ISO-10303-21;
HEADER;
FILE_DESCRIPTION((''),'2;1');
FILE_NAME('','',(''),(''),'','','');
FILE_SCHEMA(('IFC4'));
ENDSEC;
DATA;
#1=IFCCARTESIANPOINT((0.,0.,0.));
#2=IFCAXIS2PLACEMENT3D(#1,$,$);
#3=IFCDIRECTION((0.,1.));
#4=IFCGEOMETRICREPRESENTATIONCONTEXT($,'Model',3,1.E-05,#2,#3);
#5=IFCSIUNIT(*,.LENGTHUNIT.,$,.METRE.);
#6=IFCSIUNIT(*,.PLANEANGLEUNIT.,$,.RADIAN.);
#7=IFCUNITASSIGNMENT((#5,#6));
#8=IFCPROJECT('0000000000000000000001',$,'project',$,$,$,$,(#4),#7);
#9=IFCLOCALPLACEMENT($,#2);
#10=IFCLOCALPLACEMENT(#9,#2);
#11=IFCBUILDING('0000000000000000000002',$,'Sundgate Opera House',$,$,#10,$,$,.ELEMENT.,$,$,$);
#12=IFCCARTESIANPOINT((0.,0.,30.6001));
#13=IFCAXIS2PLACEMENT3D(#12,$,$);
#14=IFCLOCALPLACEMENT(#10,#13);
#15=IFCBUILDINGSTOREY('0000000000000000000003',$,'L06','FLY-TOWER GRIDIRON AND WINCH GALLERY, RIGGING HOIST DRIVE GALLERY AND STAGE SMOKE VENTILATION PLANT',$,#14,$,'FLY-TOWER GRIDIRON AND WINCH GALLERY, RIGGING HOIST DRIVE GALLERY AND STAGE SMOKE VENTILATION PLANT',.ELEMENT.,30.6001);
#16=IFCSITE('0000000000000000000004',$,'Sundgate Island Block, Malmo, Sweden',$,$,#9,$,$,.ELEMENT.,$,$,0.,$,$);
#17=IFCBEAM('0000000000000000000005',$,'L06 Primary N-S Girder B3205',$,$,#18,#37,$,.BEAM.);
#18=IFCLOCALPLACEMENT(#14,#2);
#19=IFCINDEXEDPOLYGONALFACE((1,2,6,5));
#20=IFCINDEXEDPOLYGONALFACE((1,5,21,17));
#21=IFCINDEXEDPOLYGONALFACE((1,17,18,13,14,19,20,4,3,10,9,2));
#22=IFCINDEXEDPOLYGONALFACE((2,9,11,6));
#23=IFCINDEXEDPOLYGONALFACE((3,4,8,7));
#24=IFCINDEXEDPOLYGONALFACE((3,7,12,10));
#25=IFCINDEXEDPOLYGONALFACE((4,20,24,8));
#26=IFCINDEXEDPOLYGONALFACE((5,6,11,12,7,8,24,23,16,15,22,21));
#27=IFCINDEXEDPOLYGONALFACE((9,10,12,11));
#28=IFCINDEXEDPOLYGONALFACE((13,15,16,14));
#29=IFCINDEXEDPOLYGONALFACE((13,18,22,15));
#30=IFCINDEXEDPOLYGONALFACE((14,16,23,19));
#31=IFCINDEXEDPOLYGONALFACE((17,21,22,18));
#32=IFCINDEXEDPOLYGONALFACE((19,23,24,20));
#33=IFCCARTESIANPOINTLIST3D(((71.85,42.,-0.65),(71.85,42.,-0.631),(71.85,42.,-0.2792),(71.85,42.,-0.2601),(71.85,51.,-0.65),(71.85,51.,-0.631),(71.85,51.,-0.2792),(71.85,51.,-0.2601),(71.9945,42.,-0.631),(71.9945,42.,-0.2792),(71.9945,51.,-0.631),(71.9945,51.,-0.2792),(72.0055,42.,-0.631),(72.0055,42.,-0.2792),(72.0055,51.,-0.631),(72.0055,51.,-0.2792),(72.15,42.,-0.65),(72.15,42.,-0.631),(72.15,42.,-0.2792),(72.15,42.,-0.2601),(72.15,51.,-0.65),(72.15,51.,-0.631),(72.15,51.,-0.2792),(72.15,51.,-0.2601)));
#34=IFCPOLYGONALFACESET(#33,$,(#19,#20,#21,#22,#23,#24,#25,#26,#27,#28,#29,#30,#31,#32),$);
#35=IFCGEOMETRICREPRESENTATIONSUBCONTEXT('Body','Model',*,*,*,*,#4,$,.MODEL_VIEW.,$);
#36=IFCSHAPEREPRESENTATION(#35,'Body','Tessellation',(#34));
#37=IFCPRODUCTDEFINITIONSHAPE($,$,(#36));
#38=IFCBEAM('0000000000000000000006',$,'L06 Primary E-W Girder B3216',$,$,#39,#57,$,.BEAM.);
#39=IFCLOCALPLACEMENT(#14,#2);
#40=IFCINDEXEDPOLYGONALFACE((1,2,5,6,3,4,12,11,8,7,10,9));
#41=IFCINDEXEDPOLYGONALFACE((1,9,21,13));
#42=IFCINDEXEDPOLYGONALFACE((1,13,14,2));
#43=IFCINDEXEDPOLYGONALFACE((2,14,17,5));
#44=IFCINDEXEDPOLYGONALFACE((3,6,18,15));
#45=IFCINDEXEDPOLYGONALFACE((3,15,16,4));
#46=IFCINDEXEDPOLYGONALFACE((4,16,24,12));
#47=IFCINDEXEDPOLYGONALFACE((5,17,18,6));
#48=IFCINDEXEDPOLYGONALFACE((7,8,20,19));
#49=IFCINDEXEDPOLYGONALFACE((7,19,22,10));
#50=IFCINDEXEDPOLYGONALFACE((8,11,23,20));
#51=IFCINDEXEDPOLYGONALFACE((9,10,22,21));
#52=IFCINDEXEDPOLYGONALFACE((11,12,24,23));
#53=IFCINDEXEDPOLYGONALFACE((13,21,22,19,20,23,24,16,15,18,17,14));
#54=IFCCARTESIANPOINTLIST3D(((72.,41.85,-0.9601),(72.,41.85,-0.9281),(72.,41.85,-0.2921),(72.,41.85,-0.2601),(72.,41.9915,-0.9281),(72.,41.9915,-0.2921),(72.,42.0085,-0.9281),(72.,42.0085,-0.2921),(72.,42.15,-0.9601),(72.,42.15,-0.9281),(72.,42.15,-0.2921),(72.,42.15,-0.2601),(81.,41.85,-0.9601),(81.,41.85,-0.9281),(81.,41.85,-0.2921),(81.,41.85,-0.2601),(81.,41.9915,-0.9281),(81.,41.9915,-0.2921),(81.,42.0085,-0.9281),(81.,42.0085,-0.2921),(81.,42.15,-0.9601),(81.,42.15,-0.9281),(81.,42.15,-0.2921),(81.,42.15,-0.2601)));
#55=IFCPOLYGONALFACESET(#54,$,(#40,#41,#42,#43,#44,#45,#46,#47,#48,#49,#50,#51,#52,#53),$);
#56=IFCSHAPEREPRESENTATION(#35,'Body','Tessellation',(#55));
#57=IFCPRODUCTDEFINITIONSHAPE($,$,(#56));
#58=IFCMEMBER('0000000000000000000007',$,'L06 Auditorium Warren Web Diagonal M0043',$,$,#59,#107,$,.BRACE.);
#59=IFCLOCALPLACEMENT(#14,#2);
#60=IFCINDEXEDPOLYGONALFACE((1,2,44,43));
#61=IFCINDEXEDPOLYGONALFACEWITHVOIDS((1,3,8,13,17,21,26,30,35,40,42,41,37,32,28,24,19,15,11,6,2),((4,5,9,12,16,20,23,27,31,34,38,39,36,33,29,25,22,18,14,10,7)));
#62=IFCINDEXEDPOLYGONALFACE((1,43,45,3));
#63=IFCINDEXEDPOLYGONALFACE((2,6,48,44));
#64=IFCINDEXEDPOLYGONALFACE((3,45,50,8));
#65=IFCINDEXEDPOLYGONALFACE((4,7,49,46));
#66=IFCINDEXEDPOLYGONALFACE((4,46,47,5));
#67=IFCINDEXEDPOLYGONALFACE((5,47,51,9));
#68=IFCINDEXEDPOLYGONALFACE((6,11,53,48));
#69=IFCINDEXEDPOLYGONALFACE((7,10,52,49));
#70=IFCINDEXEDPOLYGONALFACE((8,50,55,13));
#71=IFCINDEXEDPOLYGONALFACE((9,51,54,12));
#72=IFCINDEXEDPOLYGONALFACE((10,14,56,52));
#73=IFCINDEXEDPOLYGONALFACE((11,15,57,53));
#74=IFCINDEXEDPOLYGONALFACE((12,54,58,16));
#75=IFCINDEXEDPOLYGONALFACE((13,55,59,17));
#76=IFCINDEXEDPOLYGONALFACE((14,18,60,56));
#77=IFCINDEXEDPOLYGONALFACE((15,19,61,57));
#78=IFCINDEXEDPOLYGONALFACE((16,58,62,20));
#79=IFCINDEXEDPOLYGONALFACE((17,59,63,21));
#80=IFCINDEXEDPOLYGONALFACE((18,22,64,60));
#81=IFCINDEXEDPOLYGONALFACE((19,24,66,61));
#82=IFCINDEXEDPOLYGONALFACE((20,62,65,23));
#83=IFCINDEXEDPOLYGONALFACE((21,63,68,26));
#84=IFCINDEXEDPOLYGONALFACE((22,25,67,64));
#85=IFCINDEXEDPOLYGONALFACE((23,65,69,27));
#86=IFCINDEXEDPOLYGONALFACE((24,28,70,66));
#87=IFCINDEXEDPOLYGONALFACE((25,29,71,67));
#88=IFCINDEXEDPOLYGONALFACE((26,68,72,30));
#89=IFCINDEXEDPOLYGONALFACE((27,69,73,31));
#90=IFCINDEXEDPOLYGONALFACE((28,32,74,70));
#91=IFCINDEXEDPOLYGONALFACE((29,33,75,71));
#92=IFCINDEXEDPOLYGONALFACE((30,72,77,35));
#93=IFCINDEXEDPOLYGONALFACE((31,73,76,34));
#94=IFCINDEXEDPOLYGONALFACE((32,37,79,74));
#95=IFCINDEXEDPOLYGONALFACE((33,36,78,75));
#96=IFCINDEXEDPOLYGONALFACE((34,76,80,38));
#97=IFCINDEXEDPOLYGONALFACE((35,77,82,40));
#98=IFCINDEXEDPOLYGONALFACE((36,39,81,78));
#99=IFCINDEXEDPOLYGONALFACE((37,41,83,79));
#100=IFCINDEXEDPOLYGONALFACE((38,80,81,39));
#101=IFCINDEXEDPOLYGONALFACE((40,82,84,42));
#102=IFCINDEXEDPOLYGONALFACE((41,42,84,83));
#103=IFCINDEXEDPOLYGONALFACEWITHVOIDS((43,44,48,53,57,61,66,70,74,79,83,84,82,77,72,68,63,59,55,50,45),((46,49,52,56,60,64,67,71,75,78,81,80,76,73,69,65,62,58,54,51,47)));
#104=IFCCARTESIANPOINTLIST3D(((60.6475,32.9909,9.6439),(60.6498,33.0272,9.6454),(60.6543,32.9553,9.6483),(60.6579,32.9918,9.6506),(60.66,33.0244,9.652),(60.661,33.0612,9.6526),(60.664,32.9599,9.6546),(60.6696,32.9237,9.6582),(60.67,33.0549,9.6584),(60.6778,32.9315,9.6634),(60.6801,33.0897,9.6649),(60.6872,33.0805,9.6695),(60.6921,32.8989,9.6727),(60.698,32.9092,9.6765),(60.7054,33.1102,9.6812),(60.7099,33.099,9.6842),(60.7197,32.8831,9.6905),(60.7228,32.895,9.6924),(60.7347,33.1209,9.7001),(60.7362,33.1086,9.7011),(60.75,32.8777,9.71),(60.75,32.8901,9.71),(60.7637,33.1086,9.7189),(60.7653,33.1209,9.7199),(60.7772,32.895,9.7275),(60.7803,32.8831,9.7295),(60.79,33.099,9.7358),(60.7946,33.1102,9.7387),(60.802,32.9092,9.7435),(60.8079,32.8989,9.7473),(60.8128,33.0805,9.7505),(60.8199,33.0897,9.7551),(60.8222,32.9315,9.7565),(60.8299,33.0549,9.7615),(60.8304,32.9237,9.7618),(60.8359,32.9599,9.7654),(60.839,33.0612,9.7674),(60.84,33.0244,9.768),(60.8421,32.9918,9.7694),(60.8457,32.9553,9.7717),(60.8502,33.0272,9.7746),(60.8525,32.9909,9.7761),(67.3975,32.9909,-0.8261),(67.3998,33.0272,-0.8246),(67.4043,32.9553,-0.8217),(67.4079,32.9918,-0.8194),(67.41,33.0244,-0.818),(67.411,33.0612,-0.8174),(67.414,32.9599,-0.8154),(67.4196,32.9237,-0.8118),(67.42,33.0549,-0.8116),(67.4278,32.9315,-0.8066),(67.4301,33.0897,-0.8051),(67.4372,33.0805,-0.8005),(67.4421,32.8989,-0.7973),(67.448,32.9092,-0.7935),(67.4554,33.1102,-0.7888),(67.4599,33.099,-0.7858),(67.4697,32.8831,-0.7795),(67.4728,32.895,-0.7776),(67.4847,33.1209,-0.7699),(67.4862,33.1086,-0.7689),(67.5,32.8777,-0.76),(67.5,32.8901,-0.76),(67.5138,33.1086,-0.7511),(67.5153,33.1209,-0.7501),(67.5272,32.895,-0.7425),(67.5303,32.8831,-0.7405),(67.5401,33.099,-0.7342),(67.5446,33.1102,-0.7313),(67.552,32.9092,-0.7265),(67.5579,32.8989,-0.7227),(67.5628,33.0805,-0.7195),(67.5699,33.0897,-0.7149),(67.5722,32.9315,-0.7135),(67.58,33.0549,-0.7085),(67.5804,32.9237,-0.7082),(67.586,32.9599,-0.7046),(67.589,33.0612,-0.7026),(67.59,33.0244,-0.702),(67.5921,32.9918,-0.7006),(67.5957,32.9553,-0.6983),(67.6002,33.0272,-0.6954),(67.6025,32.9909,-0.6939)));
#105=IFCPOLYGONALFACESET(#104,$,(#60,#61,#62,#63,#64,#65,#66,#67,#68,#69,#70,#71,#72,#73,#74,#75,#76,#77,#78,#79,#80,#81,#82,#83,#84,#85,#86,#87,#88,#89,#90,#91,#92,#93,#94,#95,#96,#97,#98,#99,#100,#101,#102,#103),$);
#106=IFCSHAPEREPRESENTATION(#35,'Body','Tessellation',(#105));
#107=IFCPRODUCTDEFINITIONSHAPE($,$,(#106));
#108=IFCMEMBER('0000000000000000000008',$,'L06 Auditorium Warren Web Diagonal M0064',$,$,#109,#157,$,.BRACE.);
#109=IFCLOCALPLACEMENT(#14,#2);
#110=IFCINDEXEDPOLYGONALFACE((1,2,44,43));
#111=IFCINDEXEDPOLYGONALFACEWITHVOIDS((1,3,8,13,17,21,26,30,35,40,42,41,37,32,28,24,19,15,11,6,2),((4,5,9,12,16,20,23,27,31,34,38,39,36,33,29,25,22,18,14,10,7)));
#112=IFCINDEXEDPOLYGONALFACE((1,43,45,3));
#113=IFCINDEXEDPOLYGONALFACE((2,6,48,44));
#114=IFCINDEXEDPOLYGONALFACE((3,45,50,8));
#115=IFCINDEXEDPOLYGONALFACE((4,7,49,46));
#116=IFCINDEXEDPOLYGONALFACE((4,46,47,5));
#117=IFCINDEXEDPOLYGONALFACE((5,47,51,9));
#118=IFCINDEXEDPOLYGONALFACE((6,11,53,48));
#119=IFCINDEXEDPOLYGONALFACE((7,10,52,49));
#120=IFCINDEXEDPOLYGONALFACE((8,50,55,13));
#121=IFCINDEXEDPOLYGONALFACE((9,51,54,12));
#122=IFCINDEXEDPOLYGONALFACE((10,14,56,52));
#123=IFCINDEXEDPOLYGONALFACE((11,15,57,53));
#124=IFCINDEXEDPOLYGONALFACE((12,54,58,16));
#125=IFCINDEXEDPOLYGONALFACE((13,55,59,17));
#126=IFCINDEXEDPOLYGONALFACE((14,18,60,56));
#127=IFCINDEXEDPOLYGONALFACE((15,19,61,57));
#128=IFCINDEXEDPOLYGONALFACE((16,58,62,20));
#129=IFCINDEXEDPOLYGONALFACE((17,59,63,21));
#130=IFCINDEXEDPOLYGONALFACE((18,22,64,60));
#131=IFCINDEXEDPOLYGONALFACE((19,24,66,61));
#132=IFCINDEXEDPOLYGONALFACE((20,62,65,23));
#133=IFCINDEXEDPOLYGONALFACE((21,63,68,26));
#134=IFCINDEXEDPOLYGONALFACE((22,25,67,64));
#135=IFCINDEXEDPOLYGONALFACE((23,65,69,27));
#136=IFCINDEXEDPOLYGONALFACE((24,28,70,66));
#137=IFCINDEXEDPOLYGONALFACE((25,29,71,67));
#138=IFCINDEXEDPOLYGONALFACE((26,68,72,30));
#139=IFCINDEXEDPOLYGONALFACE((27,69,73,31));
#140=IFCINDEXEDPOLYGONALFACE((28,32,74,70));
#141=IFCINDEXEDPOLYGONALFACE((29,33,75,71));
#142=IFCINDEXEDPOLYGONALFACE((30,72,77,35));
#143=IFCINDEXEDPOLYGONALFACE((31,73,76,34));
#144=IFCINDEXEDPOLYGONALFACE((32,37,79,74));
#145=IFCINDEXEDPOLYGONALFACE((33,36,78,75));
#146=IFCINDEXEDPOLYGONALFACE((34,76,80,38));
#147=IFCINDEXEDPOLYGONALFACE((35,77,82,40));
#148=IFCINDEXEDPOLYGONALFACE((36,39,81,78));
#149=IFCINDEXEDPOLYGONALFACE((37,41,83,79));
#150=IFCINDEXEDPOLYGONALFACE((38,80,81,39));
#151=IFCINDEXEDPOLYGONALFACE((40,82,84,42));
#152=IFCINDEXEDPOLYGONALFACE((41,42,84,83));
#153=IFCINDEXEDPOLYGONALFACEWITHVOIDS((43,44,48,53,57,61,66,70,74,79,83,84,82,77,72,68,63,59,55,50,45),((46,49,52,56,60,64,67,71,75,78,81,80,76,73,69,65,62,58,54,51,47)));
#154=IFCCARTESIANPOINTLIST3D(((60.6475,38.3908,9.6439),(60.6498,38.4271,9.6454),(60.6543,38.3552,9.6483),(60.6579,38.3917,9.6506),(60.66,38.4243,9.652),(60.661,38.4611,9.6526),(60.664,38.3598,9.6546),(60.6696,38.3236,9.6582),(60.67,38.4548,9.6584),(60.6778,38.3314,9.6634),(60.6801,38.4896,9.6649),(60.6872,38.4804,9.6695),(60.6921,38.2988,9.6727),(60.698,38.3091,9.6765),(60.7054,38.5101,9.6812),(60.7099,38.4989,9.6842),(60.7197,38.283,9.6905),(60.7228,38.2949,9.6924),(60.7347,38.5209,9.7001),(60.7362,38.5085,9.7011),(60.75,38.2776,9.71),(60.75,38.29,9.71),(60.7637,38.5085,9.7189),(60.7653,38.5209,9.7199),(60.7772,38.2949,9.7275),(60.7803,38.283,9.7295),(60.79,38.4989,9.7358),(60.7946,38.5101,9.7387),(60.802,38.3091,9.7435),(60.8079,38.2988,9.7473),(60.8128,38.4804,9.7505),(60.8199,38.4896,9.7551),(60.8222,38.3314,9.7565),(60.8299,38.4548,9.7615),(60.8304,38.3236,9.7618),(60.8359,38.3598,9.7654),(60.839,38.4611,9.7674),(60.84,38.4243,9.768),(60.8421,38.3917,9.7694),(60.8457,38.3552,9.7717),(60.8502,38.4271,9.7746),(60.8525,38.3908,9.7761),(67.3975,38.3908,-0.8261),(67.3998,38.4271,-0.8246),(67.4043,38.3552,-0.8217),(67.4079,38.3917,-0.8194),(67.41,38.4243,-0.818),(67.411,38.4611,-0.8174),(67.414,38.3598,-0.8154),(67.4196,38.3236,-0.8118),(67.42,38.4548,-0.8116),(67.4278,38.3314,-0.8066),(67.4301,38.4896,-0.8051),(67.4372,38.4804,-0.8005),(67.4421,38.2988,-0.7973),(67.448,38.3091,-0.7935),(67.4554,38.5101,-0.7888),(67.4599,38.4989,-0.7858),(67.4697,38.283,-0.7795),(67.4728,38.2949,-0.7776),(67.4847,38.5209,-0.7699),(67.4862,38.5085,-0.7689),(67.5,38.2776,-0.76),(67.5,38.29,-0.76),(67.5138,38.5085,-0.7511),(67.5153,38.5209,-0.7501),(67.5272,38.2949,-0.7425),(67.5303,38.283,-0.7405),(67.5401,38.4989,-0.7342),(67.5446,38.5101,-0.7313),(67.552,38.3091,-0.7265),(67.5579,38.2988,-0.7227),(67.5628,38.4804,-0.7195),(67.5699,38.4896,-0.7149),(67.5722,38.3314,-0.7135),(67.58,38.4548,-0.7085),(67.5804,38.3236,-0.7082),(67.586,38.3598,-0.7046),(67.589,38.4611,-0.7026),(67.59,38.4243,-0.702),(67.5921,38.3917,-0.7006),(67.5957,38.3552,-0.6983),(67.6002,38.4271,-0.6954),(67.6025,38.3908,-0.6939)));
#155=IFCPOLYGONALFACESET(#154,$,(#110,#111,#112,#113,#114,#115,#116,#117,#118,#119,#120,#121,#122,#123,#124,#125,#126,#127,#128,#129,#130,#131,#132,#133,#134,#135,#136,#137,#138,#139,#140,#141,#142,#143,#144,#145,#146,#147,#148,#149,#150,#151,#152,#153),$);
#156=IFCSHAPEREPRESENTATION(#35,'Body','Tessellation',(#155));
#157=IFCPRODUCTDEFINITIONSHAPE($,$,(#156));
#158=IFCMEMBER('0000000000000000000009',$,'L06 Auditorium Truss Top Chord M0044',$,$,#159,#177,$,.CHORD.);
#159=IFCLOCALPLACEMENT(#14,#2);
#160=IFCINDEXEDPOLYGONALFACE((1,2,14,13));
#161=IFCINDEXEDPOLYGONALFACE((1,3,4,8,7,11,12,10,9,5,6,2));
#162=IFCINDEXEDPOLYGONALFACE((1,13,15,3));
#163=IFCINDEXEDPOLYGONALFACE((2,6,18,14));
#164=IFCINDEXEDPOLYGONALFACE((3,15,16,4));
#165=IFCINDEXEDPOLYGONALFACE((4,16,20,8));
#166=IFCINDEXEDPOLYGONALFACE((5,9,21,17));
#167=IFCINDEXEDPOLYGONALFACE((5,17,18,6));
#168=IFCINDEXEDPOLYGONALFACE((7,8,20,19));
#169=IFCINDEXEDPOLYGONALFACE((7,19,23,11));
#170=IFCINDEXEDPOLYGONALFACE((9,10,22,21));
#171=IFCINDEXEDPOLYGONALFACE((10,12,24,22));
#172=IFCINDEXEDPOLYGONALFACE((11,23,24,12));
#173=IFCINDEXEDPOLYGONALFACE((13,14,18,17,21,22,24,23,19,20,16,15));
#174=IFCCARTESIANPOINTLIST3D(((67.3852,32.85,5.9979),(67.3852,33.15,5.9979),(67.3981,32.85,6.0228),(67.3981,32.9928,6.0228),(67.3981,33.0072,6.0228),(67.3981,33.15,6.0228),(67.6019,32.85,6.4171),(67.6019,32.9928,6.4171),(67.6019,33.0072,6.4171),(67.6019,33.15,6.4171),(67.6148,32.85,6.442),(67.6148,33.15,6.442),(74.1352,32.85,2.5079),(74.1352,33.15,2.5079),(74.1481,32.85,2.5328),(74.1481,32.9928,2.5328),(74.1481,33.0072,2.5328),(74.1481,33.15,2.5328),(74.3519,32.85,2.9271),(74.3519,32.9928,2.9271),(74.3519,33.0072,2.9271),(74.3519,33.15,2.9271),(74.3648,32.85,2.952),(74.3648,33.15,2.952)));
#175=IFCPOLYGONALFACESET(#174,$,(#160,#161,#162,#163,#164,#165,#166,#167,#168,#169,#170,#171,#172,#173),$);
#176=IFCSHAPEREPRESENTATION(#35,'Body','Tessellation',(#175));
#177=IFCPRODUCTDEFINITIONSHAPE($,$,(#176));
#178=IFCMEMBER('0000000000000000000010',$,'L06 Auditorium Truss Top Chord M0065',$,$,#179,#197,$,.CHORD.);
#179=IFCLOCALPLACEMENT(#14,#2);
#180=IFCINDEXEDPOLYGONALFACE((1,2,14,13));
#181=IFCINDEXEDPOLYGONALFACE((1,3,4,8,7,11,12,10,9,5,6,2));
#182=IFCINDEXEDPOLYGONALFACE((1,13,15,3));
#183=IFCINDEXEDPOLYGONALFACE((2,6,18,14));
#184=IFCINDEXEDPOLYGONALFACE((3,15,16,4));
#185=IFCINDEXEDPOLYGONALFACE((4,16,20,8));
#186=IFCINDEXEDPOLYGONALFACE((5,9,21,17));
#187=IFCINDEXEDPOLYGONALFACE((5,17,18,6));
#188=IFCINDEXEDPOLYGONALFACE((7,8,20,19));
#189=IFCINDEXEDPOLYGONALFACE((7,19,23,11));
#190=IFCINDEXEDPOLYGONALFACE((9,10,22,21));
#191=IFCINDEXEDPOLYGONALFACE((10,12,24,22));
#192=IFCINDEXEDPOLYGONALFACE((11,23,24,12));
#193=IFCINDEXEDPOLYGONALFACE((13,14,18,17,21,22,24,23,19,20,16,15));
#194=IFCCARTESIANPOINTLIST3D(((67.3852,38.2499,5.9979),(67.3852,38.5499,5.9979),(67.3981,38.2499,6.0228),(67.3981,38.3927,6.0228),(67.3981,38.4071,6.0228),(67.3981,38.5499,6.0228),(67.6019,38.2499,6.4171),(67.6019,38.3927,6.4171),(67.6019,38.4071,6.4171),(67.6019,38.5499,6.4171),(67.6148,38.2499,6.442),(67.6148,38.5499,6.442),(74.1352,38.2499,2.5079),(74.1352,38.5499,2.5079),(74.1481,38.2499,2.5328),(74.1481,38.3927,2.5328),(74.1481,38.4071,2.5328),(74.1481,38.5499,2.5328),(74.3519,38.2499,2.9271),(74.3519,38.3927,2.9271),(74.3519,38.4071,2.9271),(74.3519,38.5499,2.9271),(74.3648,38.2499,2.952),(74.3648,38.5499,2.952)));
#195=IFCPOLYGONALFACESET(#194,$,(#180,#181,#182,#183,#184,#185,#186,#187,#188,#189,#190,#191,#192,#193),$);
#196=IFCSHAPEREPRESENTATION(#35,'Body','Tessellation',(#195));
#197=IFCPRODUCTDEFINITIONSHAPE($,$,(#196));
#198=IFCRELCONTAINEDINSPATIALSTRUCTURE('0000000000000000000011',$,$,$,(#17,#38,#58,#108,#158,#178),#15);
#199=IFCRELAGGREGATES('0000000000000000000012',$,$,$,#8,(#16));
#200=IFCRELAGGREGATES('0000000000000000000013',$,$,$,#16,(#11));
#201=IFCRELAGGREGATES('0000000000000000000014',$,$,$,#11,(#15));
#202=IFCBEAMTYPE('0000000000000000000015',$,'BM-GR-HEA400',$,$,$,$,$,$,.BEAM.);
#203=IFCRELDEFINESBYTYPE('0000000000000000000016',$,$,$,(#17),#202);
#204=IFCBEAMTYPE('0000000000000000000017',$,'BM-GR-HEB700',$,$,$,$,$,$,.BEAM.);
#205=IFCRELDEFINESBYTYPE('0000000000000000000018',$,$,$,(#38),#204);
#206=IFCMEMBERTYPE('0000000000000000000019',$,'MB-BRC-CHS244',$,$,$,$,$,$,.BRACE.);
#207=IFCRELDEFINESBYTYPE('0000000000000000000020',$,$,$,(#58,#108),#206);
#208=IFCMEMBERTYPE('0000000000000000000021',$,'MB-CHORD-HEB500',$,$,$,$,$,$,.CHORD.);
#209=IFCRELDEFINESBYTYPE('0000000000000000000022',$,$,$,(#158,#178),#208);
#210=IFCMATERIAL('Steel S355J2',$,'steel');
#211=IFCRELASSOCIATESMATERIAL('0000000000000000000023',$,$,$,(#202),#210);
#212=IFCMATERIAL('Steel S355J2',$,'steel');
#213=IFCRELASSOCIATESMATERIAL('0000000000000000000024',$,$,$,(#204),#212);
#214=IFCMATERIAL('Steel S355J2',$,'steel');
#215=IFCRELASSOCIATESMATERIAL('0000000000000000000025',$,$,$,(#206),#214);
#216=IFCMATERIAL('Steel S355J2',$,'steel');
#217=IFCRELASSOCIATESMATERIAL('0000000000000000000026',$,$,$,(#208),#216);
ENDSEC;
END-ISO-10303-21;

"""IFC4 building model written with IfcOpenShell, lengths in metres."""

from ifc_helpers import new_model, si_unit, direction, frame, origin, origin_2d, place, context, subcontext, project, spatial, hollow_circle, i_section, extrude, material, material_profile, profile_set, type_object, element, save


model = new_model("IFC4")

# Units and contexts
model_context = context("Model", 3, precision=1e-05, world=origin(), true_north=direction((0.0, 1.0)))
body_context = subcontext(model_context, "Body", "Model", "MODEL_VIEW")
ifc_project = project(units=[si_unit("LENGTHUNIT", "METRE"), si_unit("PLANEANGLEUNIT", "RADIAN")], contexts=[model_context])

# Site, building, storey
site_placement = place(None, origin())
site = spatial("IfcSite", under=ifc_project, at=site_placement, Name="Sundgate Island Block, Malmo, Sweden", CompositionType="ELEMENT", RefElevation=0.0)
building_placement = place(site_placement, origin())
building = spatial("IfcBuilding", under=site, at=building_placement, Name="Sundgate Opera House", CompositionType="ELEMENT")
storey_placement = place(building_placement, frame((0.0, 0.0, 30.6001)))
storey = spatial("IfcBuildingStorey", under=building, at=storey_placement, Name="L06", Description="FLY-TOWER GRIDIRON AND WINCH GALLERY, RIGGING HOIST DRIVE GALLERY AND STAGE SMOKE VENTILATION PLANT", LongName="FLY-TOWER GRIDIRON AND WINCH GALLERY, RIGGING HOIST DRIVE GALLERY AND STAGE SMOKE VENTILATION PLANT", CompositionType="ELEMENT", Elevation=30.6001)

# Beams
ifc_material_1 = material(Name="Steel S355J2", Category="steel")
ifc_material_profile_1 = material_profile(ifc_material_1, i_section(OverallWidth=0.3, OverallDepth=0.3899, WebThickness=0.011, FlangeThickness=0.019, at=origin_2d()), Name="HEA 400")
ifc_profile_set_1 = profile_set([ifc_material_profile_1], Name="Steel S355J2")
beam_type_1 = type_object("IfcBeamType", Name="BM-GR-HEA400", PredefinedType="BEAM", material=ifc_profile_set_1)
beam_1_placement = place(storey_placement, frame((72.0, 42.0, -0.4551), z_axis=(0.0, 1.0, 0.0), x_axis=(-1.0, 0.0, 0.0)))
element("IfcBeam", 1, at=beam_1_placement, inside=storey, type_object=beam_type_1, Name="L06 Primary N-S Girder B3205", PredefinedType="BEAM", context=body_context, shape_type="SweptSolid", body=[
    extrude(i_section(OverallWidth=0.3, OverallDepth=0.3899, WebThickness=0.011, FlangeThickness=0.019, at=origin_2d()), origin(), (0.0, 0.0, 1.0), 9.0),
])
ifc_material_2 = material(Name="Steel S355J2", Category="steel")
ifc_material_profile_2 = material_profile(ifc_material_2, i_section(OverallWidth=0.3, OverallDepth=0.7, WebThickness=0.0171, FlangeThickness=0.032, at=origin_2d()), Name="HEB 700")
ifc_profile_set_2 = profile_set([ifc_material_profile_2], Name="Steel S355J2")
beam_type_2 = type_object("IfcBeamType", Name="BM-GR-HEB700", PredefinedType="BEAM", material=ifc_profile_set_2)
beam_2_placement = place(storey_placement, frame((72.0, 42.0, -0.6101), z_axis=(1.0, 0.0, 0.0), x_axis=(0.0, 1.0, 0.0)))
element("IfcBeam", 2, at=beam_2_placement, inside=storey, type_object=beam_type_2, Name="L06 Primary E-W Girder B3216", PredefinedType="BEAM", context=body_context, shape_type="SweptSolid", body=[
    extrude(i_section(OverallWidth=0.3, OverallDepth=0.7, WebThickness=0.0171, FlangeThickness=0.032, at=origin_2d()), origin(), (0.0, 0.0, 1.0), 9.0),
])

# Members
ifc_material_3 = material(Name="Steel S355J2", Category="steel")
ifc_material_profile_3 = material_profile(ifc_material_3, hollow_circle(Radius=0.1223, WallThickness=0.0125, at=origin_2d()), Name="CHS 244.5x12.5")
ifc_profile_set_3 = profile_set([ifc_material_profile_3], Name="Steel S355J2")
member_type_1 = type_object("IfcMemberType", Name="MB-BRC-CHS244", PredefinedType="BRACE", material=ifc_profile_set_3)
for number, where, z_axis, x_axis, name in (
    (3, (67.5, 33.0, -0.76), (-0.541854, 0.0, 0.840473), (0.0, -1.0, 0.0), "L06 Auditorium Warren Web Diagonal M0043"),
    (4, (67.5, 38.3999, -0.76), (-0.541854, 0.0, 0.840473), (0.0, -1.0, 0.0), "L06 Auditorium Warren Web Diagonal M0064"),
):
    element("IfcMember", number, at=place(storey_placement, frame(where, z_axis=z_axis, x_axis=x_axis)), inside=storey, type_object=member_type_1, Name=name, PredefinedType="BRACE", context=body_context, shape_type="SweptSolid", body=[
        extrude(hollow_circle(Radius=0.1223, WallThickness=0.0125, at=origin_2d()), origin(), (0.0, 0.0, 1.0), 12.4573),
    ])
ifc_material_4 = material(Name="Steel S355J2", Category="steel")
ifc_material_profile_4 = material_profile(ifc_material_4, i_section(OverallWidth=0.3, OverallDepth=0.5, WebThickness=0.0144, FlangeThickness=0.0281, at=origin_2d()), Name="HEB 500")
ifc_profile_set_4 = profile_set([ifc_material_profile_4], Name="Steel S355J2")
member_type_2 = type_object("IfcMemberType", Name="MB-CHORD-HEB500", PredefinedType="CHORD", material=ifc_profile_set_4)
for number, where, z_axis, x_axis, name in (
    (5, (67.5, 33.0, 6.22), (0.888292, 0.0, -0.459279), (0.0, 1.0, 0.0), "L06 Auditorium Truss Top Chord M0044"),
    (6, (67.5, 38.3999, 6.22), (0.888292, 0.0, -0.459279), (0.0, 1.0, 0.0), "L06 Auditorium Truss Top Chord M0065"),
):
    element("IfcMember", number, at=place(storey_placement, frame(where, z_axis=z_axis, x_axis=x_axis)), inside=storey, type_object=member_type_2, Name=name, PredefinedType="CHORD", context=body_context, shape_type="SweptSolid", body=[
        extrude(i_section(OverallWidth=0.3, OverallDepth=0.5, WebThickness=0.0144, FlangeThickness=0.0281, at=origin_2d()), origin(), (0.0, 0.0, 1.0), 7.5989),
    ])

save(model, "model.ifc")
